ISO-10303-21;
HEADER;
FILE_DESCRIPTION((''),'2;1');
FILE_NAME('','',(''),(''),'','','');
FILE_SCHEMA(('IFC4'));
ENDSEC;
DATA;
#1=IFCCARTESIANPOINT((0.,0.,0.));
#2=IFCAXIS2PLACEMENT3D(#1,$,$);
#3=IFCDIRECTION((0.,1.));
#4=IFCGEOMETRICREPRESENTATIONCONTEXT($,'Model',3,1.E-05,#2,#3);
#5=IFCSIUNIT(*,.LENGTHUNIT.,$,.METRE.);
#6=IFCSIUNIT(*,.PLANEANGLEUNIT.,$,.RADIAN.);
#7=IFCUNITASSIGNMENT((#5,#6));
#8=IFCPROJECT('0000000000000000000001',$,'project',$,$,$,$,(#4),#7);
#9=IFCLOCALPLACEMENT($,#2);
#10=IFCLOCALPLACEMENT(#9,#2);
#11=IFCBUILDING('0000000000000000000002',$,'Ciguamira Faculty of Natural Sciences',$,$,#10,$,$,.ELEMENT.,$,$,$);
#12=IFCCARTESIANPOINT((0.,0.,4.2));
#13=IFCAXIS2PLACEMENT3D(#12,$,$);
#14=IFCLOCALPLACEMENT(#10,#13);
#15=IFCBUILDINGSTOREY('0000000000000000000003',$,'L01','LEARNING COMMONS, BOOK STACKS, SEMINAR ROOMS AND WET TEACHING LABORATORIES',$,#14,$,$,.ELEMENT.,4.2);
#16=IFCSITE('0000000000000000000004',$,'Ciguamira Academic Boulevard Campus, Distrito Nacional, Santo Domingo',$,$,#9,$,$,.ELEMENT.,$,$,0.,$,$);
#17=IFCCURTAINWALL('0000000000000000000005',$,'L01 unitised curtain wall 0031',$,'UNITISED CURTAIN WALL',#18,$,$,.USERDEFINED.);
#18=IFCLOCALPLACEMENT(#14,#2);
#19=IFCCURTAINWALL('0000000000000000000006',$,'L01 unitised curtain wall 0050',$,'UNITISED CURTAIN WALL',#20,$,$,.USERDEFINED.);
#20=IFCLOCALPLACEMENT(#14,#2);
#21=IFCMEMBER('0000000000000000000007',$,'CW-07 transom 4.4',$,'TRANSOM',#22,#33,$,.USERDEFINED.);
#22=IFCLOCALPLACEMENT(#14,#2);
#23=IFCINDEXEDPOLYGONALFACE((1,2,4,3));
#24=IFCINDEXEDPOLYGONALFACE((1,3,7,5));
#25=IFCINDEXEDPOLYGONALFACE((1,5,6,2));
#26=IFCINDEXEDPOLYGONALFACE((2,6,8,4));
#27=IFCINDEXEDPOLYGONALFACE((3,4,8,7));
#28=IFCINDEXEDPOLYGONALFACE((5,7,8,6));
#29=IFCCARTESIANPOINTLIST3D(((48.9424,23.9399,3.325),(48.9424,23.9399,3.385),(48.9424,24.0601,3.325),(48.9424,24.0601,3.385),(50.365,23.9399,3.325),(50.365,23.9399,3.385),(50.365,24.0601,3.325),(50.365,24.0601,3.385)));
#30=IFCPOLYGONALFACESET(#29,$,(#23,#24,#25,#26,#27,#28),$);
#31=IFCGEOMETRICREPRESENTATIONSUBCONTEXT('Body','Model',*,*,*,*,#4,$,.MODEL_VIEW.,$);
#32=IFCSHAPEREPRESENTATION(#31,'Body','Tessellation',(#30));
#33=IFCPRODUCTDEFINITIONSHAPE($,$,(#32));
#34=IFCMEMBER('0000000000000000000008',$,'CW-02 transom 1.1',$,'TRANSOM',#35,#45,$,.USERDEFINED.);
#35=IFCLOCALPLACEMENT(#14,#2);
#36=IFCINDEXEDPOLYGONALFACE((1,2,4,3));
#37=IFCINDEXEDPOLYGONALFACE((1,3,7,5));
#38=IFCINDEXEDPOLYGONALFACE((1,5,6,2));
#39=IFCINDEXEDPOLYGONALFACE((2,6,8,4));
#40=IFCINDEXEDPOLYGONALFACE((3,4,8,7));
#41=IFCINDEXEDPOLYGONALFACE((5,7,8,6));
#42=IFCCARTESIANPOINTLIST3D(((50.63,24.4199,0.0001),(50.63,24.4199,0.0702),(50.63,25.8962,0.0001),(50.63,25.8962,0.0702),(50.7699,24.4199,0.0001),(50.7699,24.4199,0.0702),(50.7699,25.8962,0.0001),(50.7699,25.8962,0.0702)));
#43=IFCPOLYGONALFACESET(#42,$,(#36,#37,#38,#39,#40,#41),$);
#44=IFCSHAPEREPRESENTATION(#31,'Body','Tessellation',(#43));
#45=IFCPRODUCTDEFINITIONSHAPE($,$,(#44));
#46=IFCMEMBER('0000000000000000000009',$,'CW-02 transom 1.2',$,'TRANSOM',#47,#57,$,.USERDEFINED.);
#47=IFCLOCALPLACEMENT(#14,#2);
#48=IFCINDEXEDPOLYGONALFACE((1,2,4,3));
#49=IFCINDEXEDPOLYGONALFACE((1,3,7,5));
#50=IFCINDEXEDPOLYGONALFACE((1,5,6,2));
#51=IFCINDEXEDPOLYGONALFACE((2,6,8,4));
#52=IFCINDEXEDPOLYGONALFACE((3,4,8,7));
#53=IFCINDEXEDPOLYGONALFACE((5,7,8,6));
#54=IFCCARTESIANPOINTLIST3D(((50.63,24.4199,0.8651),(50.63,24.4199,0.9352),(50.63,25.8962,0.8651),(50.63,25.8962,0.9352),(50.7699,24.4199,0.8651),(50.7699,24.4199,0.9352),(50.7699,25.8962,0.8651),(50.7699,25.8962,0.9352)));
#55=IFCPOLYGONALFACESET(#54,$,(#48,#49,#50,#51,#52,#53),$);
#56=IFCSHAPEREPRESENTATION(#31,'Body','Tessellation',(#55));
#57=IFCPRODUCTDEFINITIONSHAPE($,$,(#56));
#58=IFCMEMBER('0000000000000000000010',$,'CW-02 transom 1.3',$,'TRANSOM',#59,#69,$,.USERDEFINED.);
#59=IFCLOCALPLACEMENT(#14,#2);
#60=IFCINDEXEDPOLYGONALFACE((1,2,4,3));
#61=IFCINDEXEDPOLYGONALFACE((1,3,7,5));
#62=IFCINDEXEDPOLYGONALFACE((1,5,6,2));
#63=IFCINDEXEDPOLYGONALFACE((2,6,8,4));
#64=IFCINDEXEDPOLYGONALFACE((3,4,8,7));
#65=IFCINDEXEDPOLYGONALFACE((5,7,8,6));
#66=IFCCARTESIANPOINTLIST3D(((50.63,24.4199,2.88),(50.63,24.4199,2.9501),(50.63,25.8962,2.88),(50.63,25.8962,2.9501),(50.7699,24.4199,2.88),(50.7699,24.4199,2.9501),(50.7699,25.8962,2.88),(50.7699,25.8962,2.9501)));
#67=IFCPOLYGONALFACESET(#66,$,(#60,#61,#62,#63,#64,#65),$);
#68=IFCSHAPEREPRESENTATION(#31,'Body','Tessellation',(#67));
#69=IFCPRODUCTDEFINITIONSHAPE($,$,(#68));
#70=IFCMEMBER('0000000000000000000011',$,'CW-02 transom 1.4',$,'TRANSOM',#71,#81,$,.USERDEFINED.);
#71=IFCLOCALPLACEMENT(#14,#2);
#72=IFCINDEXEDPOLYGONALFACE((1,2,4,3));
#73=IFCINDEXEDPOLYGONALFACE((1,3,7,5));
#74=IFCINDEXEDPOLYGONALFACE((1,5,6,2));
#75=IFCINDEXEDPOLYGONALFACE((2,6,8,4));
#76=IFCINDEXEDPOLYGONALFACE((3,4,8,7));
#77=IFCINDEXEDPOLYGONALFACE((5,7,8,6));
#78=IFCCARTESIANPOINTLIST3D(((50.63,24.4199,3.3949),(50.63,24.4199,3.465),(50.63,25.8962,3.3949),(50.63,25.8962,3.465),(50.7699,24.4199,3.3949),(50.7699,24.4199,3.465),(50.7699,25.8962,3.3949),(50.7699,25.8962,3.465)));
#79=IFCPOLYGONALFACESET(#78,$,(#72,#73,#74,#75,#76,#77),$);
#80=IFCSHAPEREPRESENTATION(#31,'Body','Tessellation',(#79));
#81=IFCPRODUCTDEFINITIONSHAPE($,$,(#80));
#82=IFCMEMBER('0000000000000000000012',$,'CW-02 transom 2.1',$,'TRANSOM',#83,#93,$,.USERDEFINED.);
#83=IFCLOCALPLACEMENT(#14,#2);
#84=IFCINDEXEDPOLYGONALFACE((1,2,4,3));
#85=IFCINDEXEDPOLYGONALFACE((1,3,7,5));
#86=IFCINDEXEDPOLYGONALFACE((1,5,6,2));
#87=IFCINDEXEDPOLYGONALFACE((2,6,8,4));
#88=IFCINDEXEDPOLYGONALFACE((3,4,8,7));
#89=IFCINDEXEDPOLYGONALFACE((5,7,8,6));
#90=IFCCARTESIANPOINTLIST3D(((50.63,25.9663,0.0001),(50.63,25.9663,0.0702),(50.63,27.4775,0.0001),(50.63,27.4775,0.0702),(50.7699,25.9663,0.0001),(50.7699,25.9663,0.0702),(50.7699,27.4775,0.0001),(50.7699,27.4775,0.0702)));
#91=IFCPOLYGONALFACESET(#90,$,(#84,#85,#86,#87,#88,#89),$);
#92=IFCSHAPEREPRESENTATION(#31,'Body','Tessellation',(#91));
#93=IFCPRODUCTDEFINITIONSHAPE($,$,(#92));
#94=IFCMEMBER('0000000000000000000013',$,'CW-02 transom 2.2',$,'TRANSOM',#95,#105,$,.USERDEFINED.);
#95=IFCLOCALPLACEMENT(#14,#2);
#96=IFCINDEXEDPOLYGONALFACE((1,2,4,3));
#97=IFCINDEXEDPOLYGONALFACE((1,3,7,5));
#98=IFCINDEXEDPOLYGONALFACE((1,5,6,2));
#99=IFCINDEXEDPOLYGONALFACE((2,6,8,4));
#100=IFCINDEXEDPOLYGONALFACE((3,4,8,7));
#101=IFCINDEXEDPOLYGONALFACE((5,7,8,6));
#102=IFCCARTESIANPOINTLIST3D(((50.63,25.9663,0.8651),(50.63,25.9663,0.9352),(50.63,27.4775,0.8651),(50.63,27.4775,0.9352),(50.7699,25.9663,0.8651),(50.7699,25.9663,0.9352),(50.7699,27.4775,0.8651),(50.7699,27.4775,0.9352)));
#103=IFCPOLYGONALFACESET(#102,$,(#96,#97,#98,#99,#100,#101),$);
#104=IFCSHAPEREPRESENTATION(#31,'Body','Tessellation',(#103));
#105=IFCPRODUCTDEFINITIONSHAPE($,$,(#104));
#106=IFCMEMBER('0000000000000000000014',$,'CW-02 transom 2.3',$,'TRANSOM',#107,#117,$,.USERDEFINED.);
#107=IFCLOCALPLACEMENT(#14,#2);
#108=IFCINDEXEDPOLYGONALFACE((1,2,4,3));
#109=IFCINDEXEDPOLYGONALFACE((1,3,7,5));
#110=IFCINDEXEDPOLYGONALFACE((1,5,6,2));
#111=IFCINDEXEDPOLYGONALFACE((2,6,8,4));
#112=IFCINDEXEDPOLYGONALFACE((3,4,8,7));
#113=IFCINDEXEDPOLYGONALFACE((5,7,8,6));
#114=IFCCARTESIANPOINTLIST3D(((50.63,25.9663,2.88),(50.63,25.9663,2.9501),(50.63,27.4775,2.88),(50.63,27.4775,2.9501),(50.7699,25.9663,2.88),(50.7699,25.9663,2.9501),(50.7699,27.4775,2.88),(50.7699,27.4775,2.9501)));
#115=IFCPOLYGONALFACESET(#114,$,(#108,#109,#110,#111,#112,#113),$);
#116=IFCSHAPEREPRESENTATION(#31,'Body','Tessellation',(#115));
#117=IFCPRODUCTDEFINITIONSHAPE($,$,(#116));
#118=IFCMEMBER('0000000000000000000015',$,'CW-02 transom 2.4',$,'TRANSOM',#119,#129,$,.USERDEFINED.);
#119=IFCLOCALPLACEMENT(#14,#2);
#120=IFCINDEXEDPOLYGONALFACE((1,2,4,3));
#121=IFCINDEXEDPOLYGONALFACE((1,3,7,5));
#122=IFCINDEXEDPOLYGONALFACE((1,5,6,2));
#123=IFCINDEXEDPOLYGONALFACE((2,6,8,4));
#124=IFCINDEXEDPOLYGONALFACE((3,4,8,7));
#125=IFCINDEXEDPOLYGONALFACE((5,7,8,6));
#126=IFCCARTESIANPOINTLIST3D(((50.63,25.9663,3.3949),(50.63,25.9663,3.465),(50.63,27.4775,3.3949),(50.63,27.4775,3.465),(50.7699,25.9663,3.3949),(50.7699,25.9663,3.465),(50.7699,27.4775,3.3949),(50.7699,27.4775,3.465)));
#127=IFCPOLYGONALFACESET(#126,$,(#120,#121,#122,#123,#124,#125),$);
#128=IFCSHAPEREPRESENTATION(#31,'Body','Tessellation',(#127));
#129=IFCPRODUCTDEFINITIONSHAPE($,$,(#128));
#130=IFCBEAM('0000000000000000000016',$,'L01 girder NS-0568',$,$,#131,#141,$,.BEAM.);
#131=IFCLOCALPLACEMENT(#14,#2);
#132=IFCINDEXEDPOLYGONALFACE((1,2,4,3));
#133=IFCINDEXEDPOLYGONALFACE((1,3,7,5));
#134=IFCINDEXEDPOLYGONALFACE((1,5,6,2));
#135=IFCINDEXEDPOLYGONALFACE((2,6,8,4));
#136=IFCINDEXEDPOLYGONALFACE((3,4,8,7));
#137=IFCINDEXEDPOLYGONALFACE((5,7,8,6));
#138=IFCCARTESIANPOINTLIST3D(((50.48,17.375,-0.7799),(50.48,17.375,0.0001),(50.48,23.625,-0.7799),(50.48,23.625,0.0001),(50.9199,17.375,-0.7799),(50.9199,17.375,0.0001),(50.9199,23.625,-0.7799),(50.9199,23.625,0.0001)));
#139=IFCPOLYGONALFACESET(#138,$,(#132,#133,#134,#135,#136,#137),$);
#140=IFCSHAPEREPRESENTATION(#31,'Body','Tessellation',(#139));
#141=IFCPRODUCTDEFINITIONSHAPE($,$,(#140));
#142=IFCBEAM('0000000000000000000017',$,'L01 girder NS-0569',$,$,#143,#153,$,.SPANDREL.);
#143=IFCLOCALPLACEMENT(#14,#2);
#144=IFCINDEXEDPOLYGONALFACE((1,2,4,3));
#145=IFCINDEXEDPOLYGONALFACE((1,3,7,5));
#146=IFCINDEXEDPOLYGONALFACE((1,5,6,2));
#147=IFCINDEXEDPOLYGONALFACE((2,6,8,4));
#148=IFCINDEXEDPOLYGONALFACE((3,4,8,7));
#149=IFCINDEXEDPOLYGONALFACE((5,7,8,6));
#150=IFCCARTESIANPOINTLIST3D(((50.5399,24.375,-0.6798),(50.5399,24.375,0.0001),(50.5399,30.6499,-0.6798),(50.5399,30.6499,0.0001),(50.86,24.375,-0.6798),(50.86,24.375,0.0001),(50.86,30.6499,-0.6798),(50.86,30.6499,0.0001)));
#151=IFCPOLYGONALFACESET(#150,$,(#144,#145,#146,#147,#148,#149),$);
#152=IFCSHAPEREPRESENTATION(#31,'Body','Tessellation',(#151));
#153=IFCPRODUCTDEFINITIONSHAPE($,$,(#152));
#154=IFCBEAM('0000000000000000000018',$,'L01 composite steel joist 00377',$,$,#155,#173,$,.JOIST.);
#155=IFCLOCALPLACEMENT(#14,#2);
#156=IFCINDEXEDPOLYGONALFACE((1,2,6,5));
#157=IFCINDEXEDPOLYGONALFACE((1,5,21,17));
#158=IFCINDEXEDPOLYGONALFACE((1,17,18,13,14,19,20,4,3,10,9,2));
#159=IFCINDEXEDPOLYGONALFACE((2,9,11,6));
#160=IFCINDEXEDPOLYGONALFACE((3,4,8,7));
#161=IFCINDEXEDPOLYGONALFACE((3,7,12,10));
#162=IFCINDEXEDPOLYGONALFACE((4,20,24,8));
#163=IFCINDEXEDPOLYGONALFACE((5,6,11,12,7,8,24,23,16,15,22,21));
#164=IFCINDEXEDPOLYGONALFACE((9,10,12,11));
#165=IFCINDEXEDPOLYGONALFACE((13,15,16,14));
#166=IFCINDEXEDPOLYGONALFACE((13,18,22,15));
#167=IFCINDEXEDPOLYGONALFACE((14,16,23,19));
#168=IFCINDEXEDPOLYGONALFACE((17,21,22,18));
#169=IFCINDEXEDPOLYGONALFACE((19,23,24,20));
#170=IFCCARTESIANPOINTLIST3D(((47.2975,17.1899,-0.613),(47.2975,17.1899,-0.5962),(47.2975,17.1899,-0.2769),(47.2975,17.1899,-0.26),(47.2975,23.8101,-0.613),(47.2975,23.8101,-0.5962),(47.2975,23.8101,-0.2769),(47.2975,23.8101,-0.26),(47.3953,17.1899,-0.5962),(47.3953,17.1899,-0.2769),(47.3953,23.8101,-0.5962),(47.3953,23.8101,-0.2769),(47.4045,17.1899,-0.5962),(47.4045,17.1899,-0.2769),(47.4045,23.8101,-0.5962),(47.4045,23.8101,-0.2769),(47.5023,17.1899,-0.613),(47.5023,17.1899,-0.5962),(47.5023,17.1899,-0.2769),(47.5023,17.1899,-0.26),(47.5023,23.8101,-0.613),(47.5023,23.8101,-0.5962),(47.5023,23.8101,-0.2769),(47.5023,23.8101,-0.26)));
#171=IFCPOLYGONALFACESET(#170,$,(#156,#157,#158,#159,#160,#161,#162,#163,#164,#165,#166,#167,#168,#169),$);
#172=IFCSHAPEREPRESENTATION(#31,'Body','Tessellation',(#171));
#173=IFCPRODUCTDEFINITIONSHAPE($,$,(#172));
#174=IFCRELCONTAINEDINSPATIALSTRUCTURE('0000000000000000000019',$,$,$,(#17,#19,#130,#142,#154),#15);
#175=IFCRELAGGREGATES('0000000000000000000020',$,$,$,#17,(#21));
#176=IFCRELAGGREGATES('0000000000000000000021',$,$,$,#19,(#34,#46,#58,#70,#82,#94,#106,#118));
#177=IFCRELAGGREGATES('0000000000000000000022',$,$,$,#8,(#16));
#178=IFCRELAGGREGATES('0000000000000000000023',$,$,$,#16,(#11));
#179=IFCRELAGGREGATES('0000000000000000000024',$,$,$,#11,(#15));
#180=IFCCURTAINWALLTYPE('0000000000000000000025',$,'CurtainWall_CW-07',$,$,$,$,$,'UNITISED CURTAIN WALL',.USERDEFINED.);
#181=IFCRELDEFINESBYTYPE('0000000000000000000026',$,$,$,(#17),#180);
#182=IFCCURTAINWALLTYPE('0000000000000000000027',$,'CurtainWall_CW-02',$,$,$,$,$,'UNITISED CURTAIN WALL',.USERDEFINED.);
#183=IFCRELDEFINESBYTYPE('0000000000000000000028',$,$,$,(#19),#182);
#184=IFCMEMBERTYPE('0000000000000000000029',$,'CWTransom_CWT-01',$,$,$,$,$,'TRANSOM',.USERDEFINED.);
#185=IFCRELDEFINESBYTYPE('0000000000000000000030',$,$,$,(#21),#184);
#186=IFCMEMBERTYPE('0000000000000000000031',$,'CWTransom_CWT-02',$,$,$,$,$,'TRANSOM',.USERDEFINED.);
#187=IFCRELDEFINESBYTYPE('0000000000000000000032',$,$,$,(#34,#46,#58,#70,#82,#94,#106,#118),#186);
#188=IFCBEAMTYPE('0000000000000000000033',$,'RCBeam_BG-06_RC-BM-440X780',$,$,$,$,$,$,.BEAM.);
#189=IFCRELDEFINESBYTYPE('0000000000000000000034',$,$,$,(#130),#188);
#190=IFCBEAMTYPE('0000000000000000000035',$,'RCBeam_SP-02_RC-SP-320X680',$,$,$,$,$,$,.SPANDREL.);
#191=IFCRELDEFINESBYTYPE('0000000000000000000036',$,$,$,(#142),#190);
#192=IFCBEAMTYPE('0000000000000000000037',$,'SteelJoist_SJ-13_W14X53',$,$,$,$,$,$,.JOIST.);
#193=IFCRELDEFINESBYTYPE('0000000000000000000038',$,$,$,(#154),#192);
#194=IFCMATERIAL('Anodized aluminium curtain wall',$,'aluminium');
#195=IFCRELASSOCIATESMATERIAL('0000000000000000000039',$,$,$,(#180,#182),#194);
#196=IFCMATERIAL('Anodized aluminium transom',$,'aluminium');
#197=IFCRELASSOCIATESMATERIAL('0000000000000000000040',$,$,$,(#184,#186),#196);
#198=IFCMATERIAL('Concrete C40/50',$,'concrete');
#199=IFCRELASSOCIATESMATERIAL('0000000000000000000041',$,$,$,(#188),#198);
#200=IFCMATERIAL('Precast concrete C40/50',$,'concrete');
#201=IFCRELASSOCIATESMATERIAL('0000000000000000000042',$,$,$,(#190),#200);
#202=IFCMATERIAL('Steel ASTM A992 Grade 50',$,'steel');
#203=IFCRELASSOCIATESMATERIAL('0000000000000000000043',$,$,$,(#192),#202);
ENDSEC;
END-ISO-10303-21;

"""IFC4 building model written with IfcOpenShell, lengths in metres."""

from ifc_helpers import new_model, si_unit, direction, frame, origin, origin_2d, place, context, subcontext, project, spatial, rectangle, i_section, extrude, material, material_profile, profile_set, type_object, element, aggregate, save


model = new_model("IFC4")

# Units and contexts
model_context = context("Model", 3, precision=1e-05, world=origin(), true_north=direction((0.0, 1.0)))
body_context = subcontext(model_context, "Body", "Model", "MODEL_VIEW")
ifc_project = project(units=[si_unit("LENGTHUNIT", "METRE"), si_unit("PLANEANGLEUNIT", "RADIAN")], contexts=[model_context])

# Site, building, storey
site_placement = place(None, origin())
site = spatial("IfcSite", under=ifc_project, at=site_placement, Name="Ciguamira Academic Boulevard Campus, Distrito Nacional, Santo Domingo", CompositionType="ELEMENT", RefElevation=0.0)
building_placement = place(site_placement, origin())
building = spatial("IfcBuilding", under=site, at=building_placement, Name="Ciguamira Faculty of Natural Sciences", CompositionType="ELEMENT")
storey_placement = place(building_placement, frame((0.0, 0.0, 4.2)))
storey = spatial("IfcBuildingStorey", under=building, at=storey_placement, Name="L01", Description="LEARNING COMMONS, BOOK STACKS, SEMINAR ROOMS AND WET TEACHING LABORATORIES", CompositionType="ELEMENT", Elevation=4.2)

# Shared definitions
ifc_material_1 = material(Name="Concrete C40/50", Category="concrete")

# Curtain walls
ifc_material_2 = material(Name="Anodized aluminium curtain wall", Category="aluminium")
curtain_wall_type_1 = type_object("IfcCurtainWallType", Name="CurtainWall_CW-07", ElementType="UNITISED CURTAIN WALL", PredefinedType="USERDEFINED", material=ifc_material_2)
curtain_wall_1_placement = place(storey_placement, origin())
curtain_wall_1 = element("IfcCurtainWall", 1, at=curtain_wall_1_placement, inside=storey, type_object=curtain_wall_type_1, Name="L01 unitised curtain wall 0031", ObjectType="UNITISED CURTAIN WALL", PredefinedType="USERDEFINED")
curtain_wall_type_2 = type_object("IfcCurtainWallType", Name="CurtainWall_CW-02", ElementType="UNITISED CURTAIN WALL", PredefinedType="USERDEFINED", material=ifc_material_2)
curtain_wall_2_placement = place(storey_placement, origin())
curtain_wall_2 = element("IfcCurtainWall", 2, at=curtain_wall_2_placement, inside=storey, type_object=curtain_wall_type_2, Name="L01 unitised curtain wall 0050", ObjectType="UNITISED CURTAIN WALL", PredefinedType="USERDEFINED")

# Members
ifc_material_3 = material(Name="Anodized aluminium transom", Category="aluminium")
ifc_material_profile_1 = material_profile(ifc_material_3, rectangle(XDim=0.0601, YDim=0.1201, at=origin_2d()), Name="ALU-TRN-60X120")
ifc_profile_set_1 = profile_set([ifc_material_profile_1], Name="Anodized aluminium transom")
member_type_1 = type_object("IfcMemberType", Name="CWTransom_CWT-01", ElementType="TRANSOM", PredefinedType="USERDEFINED", material=ifc_profile_set_1)
member_1_placement = place(storey_placement, frame((48.9424, 24.0, 3.355), z_axis=(1.0, 0.0, 0.0), x_axis=(0.0, 0.0, 1.0)))
member_1 = element("IfcMember", 3, at=member_1_placement, type_object=member_type_1, Name="CW-07 transom 4.4", ObjectType="TRANSOM", PredefinedType="USERDEFINED", context=body_context, shape_type="SweptSolid", body=[
    extrude(rectangle(XDim=0.0601, YDim=0.1201, at=origin_2d()), origin(), (0.0, 0.0, 1.0), 1.4226),
])
ifc_material_profile_2 = material_profile(ifc_material_3, rectangle(XDim=0.0701, YDim=0.1399, at=origin_2d()), Name="ALU-TRN-70X140")
ifc_profile_set_2 = profile_set([ifc_material_profile_2], Name="Anodized aluminium transom")
member_type_2 = type_object("IfcMemberType", Name="CWTransom_CWT-02", ElementType="TRANSOM", PredefinedType="USERDEFINED", material=ifc_profile_set_2)
member_2_placement = place(storey_placement, frame((50.7, 24.4199, 0.0352), z_axis=(0.0, 1.0, 0.0), x_axis=(0.0, 0.0, 1.0)))
member_2 = element("IfcMember", 4, at=member_2_placement, type_object=member_type_2, Name="CW-02 transom 1.1", ObjectType="TRANSOM", PredefinedType="USERDEFINED", context=body_context, shape_type="SweptSolid", body=[
    extrude(rectangle(XDim=0.0701, YDim=0.1399, at=origin_2d()), origin(), (0.0, 0.0, 1.0), 1.4763),
])
member_3_placement = place(storey_placement, frame((50.7, 24.4199, 0.9001), z_axis=(0.0, 1.0, 0.0), x_axis=(0.0, 0.0, 1.0)))
member_3 = element("IfcMember", 5, at=member_3_placement, type_object=member_type_2, Name="CW-02 transom 1.2", ObjectType="TRANSOM", PredefinedType="USERDEFINED", context=body_context, shape_type="SweptSolid", body=[
    extrude(rectangle(XDim=0.0701, YDim=0.1399, at=origin_2d()), origin(), (0.0, 0.0, 1.0), 1.4763),
])
member_4_placement = place(storey_placement, frame((50.7, 24.4199, 2.915), z_axis=(0.0, 1.0, 0.0), x_axis=(0.0, 0.0, 1.0)))
member_4 = element("IfcMember", 6, at=member_4_placement, type_object=member_type_2, Name="CW-02 transom 1.3", ObjectType="TRANSOM", PredefinedType="USERDEFINED", context=body_context, shape_type="SweptSolid", body=[
    extrude(rectangle(XDim=0.0701, YDim=0.1399, at=origin_2d()), origin(), (0.0, 0.0, 1.0), 1.4763),
])
member_5_placement = place(storey_placement, frame((50.7, 24.4199, 3.4299), z_axis=(0.0, 1.0, 0.0), x_axis=(0.0, 0.0, 1.0)))
member_5 = element("IfcMember", 7, at=member_5_placement, type_object=member_type_2, Name="CW-02 transom 1.4", ObjectType="TRANSOM", PredefinedType="USERDEFINED", context=body_context, shape_type="SweptSolid", body=[
    extrude(rectangle(XDim=0.0701, YDim=0.1399, at=origin_2d()), origin(), (0.0, 0.0, 1.0), 1.4763),
])
member_6_placement = place(storey_placement, frame((50.7, 25.9663, 0.0352), z_axis=(0.0, 1.0, 0.0), x_axis=(0.0, 0.0, 1.0)))
member_6 = element("IfcMember", 8, at=member_6_placement, type_object=member_type_2, Name="CW-02 transom 2.1", ObjectType="TRANSOM", PredefinedType="USERDEFINED", context=body_context, shape_type="SweptSolid", body=[
    extrude(rectangle(XDim=0.0701, YDim=0.1399, at=origin_2d()), origin(), (0.0, 0.0, 1.0), 1.5112),
])
member_7_placement = place(storey_placement, frame((50.7, 25.9663, 0.9001), z_axis=(0.0, 1.0, 0.0), x_axis=(0.0, 0.0, 1.0)))
member_7 = element("IfcMember", 9, at=member_7_placement, type_object=member_type_2, Name="CW-02 transom 2.2", ObjectType="TRANSOM", PredefinedType="USERDEFINED", context=body_context, shape_type="SweptSolid", body=[
    extrude(rectangle(XDim=0.0701, YDim=0.1399, at=origin_2d()), origin(), (0.0, 0.0, 1.0), 1.5112),
])
member_8_placement = place(storey_placement, frame((50.7, 25.9663, 2.915), z_axis=(0.0, 1.0, 0.0), x_axis=(0.0, 0.0, 1.0)))
member_8 = element("IfcMember", 10, at=member_8_placement, type_object=member_type_2, Name="CW-02 transom 2.3", ObjectType="TRANSOM", PredefinedType="USERDEFINED", context=body_context, shape_type="SweptSolid", body=[
    extrude(rectangle(XDim=0.0701, YDim=0.1399, at=origin_2d()), origin(), (0.0, 0.0, 1.0), 1.5112),
])
member_9_placement = place(storey_placement, frame((50.7, 25.9663, 3.4299), z_axis=(0.0, 1.0, 0.0), x_axis=(0.0, 0.0, 1.0)))
member_9 = element("IfcMember", 11, at=member_9_placement, type_object=member_type_2, Name="CW-02 transom 2.4", ObjectType="TRANSOM", PredefinedType="USERDEFINED", context=body_context, shape_type="SweptSolid", body=[
    extrude(rectangle(XDim=0.0701, YDim=0.1399, at=origin_2d()), origin(), (0.0, 0.0, 1.0), 1.5112),
])

# Beams
ifc_material_profile_3 = material_profile(ifc_material_1, rectangle(XDim=0.4399, YDim=0.78, at=origin_2d()), Name="RC-BM-440X780")
ifc_profile_set_3 = profile_set([ifc_material_profile_3], Name="Concrete C40/50")
beam_type_1 = type_object("IfcBeamType", Name="RCBeam_BG-06_RC-BM-440X780", PredefinedType="BEAM", material=ifc_profile_set_3)
beam_1_placement = place(storey_placement, frame((50.7, 17.375, -0.3899), z_axis=(0.0, 1.0, 0.0), x_axis=(-1.0, 0.0, 0.0)))
element("IfcBeam", 12, at=beam_1_placement, inside=storey, type_object=beam_type_1, Name="L01 girder NS-0568", PredefinedType="BEAM", context=body_context, shape_type="SweptSolid", body=[
    extrude(rectangle(XDim=0.4399, YDim=0.78, at=origin_2d()), origin(), (0.0, 0.0, 1.0), 6.25),
])
ifc_material_4 = material(Name="Precast concrete C40/50", Category="concrete")
ifc_material_profile_4 = material_profile(ifc_material_4, rectangle(XDim=0.3201, YDim=0.6799, at=origin_2d()), Name="RC-SP-320X680")
ifc_profile_set_4 = profile_set([ifc_material_profile_4], Name="Precast concrete C40/50")
beam_type_2 = type_object("IfcBeamType", Name="RCBeam_SP-02_RC-SP-320X680", PredefinedType="SPANDREL", material=ifc_profile_set_4)
beam_2_placement = place(storey_placement, frame((50.7, 24.375, -0.3398), z_axis=(0.0, 1.0, 0.0), x_axis=(-1.0, 0.0, 0.0)))
element("IfcBeam", 13, at=beam_2_placement, inside=storey, type_object=beam_type_2, Name="L01 girder NS-0569", PredefinedType="SPANDREL", context=body_context, shape_type="SweptSolid", body=[
    extrude(rectangle(XDim=0.3201, YDim=0.6799, at=origin_2d()), origin(), (0.0, 0.0, 1.0), 6.2749),
])
ifc_material_5 = material(Name="Steel ASTM A992 Grade 50", Category="steel")
ifc_material_profile_5 = material_profile(ifc_material_5, i_section(OverallWidth=0.2048, OverallDepth=0.353, WebThickness=0.0093, FlangeThickness=0.0168, at=origin_2d()), Name="W14X53")
ifc_profile_set_5 = profile_set([ifc_material_profile_5], Name="Steel ASTM A992 Grade 50")
beam_type_3 = type_object("IfcBeamType", Name="SteelJoist_SJ-13_W14X53", PredefinedType="JOIST", material=ifc_profile_set_5)
beam_3_placement = place(storey_placement, frame((47.3999, 17.1899, -0.4365), z_axis=(0.0, 1.0, 0.0), x_axis=(-1.0, 0.0, 0.0)))
element("IfcBeam", 14, at=beam_3_placement, inside=storey, type_object=beam_type_3, Name="L01 composite steel joist 00377", PredefinedType="JOIST", context=body_context, shape_type="SweptSolid", body=[
    extrude(i_section(OverallWidth=0.2048, OverallDepth=0.353, WebThickness=0.0093, FlangeThickness=0.0168, at=origin_2d()), origin(), (0.0, 0.0, 1.0), 6.6201),
])

aggregate(curtain_wall_1, [member_1])
aggregate(curtain_wall_2, [member_2, member_3, member_4, member_5, member_6, member_7, member_8, member_9])

save(model, "model.ifc")
